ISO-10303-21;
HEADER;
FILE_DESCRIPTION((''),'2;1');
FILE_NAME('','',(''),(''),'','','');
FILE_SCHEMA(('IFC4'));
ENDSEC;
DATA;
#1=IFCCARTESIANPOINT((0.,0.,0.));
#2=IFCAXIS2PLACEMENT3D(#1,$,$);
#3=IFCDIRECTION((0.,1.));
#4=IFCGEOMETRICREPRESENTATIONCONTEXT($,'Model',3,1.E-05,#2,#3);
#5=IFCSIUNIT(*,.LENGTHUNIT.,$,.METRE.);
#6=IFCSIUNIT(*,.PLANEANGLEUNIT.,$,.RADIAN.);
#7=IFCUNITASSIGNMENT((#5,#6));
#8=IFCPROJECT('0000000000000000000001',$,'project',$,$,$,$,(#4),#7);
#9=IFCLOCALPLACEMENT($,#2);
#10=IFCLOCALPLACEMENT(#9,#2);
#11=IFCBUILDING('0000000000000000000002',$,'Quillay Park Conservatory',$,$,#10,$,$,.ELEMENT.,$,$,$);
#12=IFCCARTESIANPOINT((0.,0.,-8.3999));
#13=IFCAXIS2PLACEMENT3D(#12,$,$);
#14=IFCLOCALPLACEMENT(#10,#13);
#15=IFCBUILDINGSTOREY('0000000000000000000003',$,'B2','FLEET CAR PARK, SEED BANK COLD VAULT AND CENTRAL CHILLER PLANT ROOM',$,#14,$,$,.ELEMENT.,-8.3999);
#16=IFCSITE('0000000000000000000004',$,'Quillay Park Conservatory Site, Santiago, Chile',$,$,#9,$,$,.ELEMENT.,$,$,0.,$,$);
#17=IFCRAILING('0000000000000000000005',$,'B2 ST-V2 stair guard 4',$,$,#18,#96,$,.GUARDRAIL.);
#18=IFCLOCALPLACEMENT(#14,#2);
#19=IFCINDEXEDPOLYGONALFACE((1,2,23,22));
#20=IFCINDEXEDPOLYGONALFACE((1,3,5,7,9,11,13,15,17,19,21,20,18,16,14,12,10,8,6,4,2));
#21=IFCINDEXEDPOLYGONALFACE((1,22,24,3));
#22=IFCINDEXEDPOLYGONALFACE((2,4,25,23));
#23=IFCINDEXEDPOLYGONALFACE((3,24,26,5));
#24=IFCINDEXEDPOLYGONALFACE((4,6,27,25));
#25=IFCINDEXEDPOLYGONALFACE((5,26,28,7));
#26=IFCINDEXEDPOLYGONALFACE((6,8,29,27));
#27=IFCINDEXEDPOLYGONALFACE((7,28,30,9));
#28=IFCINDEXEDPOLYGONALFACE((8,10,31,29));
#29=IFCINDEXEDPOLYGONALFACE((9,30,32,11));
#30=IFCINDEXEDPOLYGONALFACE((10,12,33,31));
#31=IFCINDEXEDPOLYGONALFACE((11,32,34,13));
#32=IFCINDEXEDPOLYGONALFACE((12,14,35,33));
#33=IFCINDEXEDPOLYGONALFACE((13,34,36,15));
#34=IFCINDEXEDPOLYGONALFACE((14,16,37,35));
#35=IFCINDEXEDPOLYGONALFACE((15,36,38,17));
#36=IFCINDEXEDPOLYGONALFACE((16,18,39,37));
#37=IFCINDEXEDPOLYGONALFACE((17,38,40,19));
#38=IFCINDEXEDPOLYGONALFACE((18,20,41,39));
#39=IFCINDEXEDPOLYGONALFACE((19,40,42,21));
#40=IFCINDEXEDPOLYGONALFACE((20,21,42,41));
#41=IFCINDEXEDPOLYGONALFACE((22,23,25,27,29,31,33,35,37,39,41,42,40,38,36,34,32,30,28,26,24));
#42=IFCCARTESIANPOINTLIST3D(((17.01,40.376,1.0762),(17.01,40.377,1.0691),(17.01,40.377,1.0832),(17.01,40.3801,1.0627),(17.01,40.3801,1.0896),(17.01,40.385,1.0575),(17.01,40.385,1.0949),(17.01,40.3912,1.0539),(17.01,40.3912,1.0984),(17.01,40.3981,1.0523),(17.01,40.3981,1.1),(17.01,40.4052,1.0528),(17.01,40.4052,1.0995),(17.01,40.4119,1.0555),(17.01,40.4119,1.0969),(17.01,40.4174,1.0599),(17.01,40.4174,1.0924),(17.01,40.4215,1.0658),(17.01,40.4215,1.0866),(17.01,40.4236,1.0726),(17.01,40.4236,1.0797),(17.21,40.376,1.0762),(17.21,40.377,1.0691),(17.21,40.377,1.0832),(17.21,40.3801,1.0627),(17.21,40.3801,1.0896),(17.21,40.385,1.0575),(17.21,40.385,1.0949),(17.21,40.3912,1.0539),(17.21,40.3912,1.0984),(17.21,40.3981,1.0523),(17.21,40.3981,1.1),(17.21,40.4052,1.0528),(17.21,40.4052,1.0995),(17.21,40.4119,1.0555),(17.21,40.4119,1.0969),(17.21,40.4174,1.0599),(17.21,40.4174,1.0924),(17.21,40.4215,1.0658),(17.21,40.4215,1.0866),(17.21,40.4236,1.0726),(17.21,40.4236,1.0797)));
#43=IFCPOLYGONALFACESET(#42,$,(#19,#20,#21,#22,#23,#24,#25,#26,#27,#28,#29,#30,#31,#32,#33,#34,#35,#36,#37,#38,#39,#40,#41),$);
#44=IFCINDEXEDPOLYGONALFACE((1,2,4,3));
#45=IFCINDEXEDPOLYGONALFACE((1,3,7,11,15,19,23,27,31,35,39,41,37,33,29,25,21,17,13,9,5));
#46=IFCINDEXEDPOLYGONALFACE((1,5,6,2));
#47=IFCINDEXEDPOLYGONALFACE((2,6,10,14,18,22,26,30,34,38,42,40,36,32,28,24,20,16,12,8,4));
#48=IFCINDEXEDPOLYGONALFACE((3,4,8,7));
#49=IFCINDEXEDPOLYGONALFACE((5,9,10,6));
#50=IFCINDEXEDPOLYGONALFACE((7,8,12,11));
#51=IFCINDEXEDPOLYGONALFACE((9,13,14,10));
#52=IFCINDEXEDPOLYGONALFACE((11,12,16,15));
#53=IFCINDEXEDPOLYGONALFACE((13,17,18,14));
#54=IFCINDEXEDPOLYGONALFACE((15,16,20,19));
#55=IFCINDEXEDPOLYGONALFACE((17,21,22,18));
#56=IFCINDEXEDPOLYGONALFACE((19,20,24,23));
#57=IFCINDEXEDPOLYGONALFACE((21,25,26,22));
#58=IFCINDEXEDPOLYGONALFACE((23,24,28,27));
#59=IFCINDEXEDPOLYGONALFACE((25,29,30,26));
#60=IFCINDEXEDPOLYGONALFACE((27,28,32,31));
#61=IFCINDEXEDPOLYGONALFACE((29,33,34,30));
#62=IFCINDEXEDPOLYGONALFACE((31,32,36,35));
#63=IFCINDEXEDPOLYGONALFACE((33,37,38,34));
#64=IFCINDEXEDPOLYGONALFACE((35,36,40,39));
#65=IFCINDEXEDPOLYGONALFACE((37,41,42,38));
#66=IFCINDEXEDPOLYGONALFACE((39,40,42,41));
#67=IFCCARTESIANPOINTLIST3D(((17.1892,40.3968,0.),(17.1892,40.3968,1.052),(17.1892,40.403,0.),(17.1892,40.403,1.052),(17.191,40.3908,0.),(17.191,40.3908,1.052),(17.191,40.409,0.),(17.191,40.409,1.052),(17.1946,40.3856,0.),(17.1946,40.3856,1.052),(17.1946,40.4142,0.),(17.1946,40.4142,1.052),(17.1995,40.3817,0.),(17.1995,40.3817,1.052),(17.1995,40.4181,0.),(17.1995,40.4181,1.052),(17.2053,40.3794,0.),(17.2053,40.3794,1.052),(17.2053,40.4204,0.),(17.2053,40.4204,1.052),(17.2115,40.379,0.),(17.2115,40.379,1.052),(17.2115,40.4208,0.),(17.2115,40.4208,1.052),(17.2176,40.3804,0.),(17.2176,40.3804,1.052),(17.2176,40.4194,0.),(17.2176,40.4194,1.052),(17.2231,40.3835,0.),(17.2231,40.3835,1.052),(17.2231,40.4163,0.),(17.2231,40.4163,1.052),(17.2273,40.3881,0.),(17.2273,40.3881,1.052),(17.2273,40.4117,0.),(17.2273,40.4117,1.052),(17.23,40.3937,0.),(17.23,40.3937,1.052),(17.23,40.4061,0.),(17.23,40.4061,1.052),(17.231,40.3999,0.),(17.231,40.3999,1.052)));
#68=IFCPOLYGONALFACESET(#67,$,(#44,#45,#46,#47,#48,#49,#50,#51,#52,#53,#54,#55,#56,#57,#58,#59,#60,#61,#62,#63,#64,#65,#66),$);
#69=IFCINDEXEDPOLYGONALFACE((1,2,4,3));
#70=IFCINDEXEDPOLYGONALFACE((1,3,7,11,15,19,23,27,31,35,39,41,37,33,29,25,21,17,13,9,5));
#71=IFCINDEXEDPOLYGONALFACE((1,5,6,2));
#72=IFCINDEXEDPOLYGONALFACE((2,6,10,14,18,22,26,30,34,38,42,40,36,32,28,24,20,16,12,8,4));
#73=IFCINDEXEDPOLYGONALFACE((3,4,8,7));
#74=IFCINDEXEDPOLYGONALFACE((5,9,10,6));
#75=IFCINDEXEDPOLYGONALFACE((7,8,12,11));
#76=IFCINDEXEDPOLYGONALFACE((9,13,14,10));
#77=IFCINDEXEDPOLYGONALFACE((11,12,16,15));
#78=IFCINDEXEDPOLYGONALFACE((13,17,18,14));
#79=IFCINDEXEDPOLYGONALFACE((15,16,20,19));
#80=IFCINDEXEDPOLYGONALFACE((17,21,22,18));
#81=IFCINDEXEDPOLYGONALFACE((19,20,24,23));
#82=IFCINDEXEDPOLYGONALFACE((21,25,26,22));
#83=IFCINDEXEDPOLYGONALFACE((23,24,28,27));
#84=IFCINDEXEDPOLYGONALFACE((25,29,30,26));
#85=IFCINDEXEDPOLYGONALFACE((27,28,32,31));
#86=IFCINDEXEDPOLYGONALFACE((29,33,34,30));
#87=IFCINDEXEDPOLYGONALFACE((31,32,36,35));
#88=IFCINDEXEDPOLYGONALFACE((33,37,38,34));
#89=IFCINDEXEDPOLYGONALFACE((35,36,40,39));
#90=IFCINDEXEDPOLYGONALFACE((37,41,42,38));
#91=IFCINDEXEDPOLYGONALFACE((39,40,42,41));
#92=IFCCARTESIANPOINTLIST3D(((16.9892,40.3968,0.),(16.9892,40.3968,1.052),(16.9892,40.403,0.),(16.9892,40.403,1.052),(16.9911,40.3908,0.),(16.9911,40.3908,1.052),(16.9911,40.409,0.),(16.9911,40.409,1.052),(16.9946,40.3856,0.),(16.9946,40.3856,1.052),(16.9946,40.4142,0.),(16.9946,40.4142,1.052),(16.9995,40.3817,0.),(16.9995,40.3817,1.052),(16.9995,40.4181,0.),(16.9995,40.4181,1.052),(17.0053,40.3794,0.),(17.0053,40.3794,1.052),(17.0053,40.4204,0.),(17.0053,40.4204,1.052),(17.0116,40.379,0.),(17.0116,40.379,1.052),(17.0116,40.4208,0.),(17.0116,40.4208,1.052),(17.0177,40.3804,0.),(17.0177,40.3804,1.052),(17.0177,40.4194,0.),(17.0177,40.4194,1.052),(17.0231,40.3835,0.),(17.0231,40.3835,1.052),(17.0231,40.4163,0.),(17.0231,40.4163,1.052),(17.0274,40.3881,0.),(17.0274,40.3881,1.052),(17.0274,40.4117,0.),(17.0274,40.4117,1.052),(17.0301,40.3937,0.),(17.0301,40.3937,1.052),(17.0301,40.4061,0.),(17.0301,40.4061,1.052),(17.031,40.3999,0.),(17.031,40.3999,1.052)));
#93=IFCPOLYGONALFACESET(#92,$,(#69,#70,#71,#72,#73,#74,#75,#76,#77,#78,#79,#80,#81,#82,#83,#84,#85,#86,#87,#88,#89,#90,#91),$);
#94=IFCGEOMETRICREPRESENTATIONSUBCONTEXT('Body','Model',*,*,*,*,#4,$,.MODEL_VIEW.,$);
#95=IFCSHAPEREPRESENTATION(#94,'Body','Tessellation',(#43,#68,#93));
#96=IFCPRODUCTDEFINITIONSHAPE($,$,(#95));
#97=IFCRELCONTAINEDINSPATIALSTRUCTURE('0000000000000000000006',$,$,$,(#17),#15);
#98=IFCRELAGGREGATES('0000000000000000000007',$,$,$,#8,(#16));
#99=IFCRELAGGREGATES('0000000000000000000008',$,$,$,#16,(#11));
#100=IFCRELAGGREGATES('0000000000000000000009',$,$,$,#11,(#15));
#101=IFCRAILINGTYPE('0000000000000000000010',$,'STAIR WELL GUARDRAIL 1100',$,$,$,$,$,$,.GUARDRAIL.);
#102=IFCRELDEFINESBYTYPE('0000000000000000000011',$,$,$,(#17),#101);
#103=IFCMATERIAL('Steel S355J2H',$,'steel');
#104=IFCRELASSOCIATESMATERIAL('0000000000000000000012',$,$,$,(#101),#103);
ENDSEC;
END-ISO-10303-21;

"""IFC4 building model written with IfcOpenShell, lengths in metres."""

from ifc_helpers import new_model, si_unit, direction, frame, origin, origin_2d, place, context, subcontext, project, spatial, circle, extrude, material, type_object, element, save


model = new_model("IFC4")

# Units and contexts
model_context = context("Model", 3, precision=1e-05, world=origin(), true_north=direction((0.0, 1.0)))
body_context = subcontext(model_context, "Body", "Model", "MODEL_VIEW")
ifc_project = project(units=[si_unit("LENGTHUNIT", "METRE"), si_unit("PLANEANGLEUNIT", "RADIAN")], contexts=[model_context])

# Site, building, storey
site_placement = place(None, origin())
site = spatial("IfcSite", under=ifc_project, at=site_placement, Name="Quillay Park Conservatory Site, Santiago, Chile", CompositionType="ELEMENT", RefElevation=0.0)
building_placement = place(site_placement, origin())
building = spatial("IfcBuilding", under=site, at=building_placement, Name="Quillay Park Conservatory", CompositionType="ELEMENT")
storey_placement = place(building_placement, frame((0.0, 0.0, -8.3999)))
storey = spatial("IfcBuildingStorey", under=building, at=storey_placement, Name="B2", Description="FLEET CAR PARK, SEED BANK COLD VAULT AND CENTRAL CHILLER PLANT ROOM", CompositionType="ELEMENT", Elevation=-8.3999)

# Railing
ifc_material_1 = material(Name="Steel S355J2H", Category="steel")
railing_type_1 = type_object("IfcRailingType", Name="STAIR WELL GUARDRAIL 1100", PredefinedType="GUARDRAIL", material=ifc_material_1)
railing_1_placement = place(storey_placement, frame((17.21, 40.3999, 0.0)))
element("IfcRailing", 1, at=railing_1_placement, inside=storey, type_object=railing_type_1, Name="B2 ST-V2 stair guard 4", PredefinedType="GUARDRAIL", context=body_context, shape_type="SweptSolid", body=[
    extrude(circle(Radius=0.0239, at=origin_2d()), frame((0.0, 0.0, 1.0762), z_axis=(-1.0, 0.0, 0.0), x_axis=(0.0, -1.0, 0.0)), (0.0, 0.0, 1.0), 0.2),
    extrude(circle(Radius=0.021, at=origin_2d()), origin(), (0.0, 0.0, 1.0), 1.052),
    extrude(circle(Radius=0.021, at=origin_2d()), frame((-0.2, 0.0, 0.0)), (0.0, 0.0, 1.0), 1.052),
])

save(model, "model.ifc")
